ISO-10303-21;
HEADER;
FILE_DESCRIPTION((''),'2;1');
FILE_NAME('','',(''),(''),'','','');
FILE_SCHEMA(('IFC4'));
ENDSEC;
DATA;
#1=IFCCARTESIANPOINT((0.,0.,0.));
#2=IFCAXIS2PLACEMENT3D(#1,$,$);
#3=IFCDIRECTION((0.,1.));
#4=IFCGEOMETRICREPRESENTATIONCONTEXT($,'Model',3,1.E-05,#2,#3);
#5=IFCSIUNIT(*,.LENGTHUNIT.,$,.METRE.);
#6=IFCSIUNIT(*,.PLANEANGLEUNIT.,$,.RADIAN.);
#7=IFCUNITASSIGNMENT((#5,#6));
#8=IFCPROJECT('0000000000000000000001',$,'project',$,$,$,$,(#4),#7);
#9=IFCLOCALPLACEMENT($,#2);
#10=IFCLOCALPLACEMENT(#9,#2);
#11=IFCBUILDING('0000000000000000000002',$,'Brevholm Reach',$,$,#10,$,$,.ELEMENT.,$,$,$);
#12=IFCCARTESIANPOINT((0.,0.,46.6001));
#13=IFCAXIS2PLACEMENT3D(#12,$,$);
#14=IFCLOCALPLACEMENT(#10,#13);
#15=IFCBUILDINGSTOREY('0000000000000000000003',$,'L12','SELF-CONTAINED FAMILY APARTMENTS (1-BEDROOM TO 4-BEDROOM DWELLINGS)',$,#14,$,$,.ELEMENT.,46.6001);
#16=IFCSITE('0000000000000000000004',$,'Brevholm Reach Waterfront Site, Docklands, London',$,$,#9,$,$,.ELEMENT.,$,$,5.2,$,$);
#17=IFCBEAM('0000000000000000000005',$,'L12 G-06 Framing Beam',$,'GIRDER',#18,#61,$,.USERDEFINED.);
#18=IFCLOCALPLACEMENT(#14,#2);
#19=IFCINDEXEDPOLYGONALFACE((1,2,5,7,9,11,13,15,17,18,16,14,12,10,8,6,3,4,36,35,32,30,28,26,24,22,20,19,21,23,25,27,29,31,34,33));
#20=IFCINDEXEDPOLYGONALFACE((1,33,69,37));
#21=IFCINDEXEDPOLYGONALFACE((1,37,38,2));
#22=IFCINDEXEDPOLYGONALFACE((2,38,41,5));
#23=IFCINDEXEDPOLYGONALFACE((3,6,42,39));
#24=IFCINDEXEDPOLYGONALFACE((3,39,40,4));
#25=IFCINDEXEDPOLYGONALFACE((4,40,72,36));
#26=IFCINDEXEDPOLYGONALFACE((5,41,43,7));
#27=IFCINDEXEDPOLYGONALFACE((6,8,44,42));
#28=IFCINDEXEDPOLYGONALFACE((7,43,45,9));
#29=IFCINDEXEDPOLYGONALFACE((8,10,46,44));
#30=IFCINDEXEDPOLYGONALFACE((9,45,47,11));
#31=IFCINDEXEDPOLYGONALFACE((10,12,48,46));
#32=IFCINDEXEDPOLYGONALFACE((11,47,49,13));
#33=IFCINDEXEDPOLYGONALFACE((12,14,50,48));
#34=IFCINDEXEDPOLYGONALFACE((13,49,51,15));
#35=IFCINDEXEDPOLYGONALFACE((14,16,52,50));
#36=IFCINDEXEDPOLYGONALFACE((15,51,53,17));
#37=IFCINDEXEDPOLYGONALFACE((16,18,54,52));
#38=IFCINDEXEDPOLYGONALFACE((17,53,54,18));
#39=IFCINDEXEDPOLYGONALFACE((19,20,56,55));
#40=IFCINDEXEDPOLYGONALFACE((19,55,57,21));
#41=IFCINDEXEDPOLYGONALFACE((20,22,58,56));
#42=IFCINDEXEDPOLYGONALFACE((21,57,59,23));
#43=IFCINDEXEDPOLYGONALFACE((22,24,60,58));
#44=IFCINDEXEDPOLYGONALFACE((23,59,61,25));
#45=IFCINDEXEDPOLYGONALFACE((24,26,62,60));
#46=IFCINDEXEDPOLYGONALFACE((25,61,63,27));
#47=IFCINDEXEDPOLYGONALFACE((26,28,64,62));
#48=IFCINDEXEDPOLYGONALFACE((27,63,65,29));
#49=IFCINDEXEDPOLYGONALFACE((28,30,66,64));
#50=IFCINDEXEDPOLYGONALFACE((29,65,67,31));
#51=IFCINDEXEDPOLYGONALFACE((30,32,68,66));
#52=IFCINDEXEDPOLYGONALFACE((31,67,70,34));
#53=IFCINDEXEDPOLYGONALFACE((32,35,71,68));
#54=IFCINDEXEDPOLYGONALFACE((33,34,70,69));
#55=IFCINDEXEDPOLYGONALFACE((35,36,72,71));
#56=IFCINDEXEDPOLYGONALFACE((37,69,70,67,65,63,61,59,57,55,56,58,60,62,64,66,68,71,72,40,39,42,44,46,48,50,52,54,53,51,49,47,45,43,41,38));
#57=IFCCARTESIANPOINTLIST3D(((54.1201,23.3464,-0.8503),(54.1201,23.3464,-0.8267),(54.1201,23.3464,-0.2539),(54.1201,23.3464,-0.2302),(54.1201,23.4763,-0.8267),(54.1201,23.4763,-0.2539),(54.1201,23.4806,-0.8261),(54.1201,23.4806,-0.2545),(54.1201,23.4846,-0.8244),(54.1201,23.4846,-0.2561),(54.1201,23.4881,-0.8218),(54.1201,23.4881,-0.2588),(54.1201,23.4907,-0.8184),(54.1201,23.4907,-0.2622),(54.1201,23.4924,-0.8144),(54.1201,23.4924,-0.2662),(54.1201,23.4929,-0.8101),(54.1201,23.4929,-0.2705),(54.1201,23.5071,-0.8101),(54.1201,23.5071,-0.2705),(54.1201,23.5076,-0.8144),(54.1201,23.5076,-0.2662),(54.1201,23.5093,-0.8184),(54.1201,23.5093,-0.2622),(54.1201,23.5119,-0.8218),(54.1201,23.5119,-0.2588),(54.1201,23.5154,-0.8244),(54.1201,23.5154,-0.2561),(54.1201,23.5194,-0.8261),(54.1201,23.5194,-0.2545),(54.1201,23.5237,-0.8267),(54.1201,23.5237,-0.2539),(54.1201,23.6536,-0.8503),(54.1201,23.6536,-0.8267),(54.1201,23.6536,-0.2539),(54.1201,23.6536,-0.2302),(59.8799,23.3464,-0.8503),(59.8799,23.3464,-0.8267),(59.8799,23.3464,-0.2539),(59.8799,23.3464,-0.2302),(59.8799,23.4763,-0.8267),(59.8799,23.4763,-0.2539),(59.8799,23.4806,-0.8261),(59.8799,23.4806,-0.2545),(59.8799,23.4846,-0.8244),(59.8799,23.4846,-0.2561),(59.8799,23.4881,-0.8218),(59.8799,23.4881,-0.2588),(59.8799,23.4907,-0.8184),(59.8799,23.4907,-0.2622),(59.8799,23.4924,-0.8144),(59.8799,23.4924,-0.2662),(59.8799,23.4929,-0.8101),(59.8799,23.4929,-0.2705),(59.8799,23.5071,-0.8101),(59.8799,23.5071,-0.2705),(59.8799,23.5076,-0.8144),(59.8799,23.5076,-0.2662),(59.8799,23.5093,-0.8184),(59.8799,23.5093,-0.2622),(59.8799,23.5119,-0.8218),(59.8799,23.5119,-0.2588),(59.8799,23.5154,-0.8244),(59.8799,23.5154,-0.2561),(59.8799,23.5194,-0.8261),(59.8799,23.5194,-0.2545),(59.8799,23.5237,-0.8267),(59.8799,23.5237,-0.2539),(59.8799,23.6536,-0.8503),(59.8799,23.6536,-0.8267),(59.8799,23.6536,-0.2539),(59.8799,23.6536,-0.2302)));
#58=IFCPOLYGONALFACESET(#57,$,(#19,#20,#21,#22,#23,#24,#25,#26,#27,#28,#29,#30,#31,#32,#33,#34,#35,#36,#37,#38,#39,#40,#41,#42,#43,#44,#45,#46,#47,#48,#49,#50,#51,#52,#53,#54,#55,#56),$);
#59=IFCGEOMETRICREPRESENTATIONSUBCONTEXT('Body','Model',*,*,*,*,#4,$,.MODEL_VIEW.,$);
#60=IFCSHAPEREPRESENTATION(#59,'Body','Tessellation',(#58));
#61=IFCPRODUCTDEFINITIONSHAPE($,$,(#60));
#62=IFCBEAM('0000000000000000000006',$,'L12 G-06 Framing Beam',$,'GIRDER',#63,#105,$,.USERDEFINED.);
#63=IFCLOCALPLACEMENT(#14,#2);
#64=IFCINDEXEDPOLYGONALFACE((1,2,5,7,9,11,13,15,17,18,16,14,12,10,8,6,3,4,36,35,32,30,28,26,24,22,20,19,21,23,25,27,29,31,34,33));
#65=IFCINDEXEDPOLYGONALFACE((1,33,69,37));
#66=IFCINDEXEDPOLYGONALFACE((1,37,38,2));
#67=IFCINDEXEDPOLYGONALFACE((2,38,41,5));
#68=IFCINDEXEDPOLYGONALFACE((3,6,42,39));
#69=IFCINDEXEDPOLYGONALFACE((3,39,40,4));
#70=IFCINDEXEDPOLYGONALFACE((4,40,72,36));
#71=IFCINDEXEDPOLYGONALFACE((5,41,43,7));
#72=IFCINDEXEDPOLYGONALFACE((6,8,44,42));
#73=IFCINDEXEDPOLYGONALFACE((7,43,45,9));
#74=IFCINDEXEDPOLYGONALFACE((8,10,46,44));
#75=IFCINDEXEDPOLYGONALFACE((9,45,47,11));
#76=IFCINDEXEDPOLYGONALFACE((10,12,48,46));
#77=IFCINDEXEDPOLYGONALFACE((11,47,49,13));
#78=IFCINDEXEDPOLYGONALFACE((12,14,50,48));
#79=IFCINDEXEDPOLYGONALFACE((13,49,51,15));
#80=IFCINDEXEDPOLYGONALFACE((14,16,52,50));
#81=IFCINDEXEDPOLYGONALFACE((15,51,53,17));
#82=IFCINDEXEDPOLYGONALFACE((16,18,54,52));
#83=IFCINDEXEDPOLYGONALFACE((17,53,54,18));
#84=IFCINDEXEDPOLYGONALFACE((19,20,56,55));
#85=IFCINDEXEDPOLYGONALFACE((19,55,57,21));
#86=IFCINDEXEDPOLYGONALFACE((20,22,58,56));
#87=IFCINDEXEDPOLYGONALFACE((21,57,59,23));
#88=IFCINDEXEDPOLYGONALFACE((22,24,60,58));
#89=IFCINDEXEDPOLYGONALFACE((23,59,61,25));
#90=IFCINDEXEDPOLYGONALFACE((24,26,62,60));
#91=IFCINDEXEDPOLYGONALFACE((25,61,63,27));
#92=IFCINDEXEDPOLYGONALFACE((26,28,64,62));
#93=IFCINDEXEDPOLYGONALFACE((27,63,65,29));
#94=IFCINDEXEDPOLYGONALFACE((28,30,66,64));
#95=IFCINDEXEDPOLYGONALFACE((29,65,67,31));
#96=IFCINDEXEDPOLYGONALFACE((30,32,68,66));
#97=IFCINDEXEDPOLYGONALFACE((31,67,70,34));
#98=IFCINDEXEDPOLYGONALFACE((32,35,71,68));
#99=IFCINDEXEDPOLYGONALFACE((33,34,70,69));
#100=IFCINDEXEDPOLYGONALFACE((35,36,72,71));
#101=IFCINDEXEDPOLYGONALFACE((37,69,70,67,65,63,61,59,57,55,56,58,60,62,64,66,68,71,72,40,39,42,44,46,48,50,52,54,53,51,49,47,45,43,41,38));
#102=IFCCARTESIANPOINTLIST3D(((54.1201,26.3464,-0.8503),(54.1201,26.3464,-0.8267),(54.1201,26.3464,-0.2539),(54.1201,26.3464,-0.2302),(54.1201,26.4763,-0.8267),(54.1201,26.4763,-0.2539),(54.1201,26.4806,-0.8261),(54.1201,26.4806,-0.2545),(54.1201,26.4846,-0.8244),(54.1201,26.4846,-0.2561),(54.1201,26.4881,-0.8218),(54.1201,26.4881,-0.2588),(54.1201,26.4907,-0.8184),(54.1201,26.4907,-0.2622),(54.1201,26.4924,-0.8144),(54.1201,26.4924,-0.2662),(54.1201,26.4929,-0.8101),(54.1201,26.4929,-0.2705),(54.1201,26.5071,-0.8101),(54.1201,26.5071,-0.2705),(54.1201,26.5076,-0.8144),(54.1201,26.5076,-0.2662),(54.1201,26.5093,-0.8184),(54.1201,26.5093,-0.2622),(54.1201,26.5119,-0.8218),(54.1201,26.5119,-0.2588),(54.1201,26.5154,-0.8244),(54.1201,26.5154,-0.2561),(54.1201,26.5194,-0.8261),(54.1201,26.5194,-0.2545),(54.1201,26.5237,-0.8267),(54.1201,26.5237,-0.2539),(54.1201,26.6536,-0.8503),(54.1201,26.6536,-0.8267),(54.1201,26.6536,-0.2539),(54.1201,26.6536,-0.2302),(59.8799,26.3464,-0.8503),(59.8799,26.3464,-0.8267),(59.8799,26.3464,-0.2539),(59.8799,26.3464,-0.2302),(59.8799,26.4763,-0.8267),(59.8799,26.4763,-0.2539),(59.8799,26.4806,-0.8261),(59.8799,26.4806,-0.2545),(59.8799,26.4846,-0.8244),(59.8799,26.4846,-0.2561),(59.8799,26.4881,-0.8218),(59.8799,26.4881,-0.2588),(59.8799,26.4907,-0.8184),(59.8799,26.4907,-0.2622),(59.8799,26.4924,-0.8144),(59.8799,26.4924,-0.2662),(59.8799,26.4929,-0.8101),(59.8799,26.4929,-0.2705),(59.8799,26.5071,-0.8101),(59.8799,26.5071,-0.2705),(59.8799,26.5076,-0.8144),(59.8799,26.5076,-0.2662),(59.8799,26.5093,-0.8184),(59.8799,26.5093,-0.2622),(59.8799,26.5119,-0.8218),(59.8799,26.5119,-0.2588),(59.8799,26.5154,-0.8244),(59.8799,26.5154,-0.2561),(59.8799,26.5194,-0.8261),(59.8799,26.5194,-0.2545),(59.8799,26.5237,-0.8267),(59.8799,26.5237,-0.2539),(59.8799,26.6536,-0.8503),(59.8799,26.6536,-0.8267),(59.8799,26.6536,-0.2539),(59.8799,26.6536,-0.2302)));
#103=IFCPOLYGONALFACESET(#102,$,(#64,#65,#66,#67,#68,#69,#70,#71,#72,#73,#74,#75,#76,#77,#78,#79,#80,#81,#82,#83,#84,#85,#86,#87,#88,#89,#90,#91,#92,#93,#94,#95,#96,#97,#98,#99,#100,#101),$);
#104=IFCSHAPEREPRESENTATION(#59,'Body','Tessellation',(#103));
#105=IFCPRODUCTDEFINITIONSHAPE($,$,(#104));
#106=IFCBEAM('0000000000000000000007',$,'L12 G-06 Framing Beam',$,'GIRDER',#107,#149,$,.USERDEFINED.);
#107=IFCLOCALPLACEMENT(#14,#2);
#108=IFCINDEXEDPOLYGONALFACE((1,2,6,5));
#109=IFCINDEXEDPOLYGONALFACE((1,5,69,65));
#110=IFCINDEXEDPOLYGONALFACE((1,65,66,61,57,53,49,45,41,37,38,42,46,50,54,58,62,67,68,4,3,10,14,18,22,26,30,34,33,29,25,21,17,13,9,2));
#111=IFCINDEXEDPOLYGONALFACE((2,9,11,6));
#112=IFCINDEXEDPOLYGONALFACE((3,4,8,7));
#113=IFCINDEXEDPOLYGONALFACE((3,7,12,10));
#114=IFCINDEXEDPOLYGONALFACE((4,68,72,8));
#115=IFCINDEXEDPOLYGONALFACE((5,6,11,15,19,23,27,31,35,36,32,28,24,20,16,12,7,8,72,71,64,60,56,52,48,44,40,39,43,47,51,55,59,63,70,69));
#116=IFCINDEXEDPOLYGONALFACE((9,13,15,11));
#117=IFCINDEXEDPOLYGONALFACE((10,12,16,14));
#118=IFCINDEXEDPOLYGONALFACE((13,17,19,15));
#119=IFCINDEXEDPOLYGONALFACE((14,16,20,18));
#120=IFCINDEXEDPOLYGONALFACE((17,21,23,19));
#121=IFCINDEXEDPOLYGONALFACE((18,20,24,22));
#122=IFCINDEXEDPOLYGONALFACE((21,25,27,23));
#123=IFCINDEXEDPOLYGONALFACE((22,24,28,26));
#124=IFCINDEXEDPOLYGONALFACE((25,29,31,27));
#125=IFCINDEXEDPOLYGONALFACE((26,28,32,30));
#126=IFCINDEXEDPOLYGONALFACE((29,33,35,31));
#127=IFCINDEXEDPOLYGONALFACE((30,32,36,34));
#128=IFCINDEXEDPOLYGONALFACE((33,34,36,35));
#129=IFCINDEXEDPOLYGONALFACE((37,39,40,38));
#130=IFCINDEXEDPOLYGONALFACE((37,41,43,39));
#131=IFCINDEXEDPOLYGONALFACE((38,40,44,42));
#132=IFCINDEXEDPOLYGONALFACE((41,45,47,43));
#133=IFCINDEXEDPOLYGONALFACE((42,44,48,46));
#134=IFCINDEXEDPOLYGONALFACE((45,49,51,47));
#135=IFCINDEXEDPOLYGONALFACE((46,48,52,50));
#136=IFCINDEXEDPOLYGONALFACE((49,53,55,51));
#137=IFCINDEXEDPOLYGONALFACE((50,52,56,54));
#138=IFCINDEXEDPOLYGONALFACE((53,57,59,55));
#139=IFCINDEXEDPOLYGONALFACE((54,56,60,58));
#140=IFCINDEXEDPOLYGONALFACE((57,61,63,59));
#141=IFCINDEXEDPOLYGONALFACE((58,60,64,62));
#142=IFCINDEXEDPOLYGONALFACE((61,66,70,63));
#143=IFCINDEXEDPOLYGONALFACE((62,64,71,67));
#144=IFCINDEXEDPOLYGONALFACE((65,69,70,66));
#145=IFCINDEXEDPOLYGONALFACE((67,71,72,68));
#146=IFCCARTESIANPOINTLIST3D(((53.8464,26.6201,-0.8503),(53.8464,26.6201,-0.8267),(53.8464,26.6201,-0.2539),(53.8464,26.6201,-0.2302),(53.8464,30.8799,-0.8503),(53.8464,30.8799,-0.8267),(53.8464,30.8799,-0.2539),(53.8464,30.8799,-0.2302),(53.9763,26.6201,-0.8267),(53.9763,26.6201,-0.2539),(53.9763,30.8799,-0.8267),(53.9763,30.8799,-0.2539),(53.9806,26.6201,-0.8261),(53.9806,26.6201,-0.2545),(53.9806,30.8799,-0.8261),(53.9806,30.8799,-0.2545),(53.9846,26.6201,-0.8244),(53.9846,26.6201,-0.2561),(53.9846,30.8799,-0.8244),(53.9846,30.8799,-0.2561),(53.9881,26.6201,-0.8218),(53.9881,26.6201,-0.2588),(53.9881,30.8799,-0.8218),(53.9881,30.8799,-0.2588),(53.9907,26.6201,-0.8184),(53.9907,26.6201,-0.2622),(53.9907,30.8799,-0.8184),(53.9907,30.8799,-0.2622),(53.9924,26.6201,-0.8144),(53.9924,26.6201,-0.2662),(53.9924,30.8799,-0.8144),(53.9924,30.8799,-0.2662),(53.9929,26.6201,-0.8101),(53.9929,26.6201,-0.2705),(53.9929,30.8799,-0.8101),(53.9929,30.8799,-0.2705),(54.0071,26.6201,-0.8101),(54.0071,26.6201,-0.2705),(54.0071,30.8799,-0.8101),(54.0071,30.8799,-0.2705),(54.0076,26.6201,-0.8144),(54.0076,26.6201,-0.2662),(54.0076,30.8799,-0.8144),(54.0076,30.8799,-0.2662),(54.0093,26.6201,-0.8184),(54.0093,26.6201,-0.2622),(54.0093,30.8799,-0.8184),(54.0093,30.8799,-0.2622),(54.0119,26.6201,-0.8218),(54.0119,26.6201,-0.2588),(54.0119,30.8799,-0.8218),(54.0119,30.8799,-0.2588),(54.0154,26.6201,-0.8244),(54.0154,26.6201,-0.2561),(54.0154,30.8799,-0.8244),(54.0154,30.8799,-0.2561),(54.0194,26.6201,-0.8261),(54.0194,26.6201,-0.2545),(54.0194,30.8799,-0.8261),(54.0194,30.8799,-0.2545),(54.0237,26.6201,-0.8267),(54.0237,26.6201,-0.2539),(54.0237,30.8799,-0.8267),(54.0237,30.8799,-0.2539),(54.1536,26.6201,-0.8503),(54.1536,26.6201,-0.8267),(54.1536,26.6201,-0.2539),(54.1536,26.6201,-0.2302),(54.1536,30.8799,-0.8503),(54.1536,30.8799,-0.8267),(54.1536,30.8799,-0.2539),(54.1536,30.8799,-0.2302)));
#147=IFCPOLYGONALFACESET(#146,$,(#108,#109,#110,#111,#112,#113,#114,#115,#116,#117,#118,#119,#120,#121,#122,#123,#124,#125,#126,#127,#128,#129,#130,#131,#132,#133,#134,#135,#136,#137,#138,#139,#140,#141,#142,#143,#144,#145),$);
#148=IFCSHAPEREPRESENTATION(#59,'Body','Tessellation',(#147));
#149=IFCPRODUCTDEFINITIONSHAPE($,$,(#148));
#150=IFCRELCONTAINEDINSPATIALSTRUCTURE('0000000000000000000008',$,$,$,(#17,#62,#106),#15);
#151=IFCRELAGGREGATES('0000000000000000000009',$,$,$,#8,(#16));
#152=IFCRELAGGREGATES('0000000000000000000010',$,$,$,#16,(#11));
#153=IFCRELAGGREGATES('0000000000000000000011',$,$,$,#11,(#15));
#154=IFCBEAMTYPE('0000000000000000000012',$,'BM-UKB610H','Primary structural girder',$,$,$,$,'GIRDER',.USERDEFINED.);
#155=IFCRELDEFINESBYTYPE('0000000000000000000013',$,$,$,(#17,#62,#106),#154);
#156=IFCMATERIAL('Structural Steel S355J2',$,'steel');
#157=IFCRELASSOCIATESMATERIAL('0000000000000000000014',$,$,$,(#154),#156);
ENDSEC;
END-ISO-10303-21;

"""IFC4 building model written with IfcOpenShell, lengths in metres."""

from ifc_helpers import new_model, si_unit, direction, frame, origin, origin_2d, place, context, subcontext, project, spatial, i_section, extrude, material, material_profile, profile_set, type_object, element, save


model = new_model("IFC4")

# Units and contexts
model_context = context("Model", 3, precision=1e-05, world=origin(), true_north=direction((0.0, 1.0)))
body_context = subcontext(model_context, "Body", "Model", "MODEL_VIEW")
ifc_project = project(units=[si_unit("LENGTHUNIT", "METRE"), si_unit("PLANEANGLEUNIT", "RADIAN")], contexts=[model_context])

# Site, building, storey
site_placement = place(None, origin())
site = spatial("IfcSite", under=ifc_project, at=site_placement, Name="Brevholm Reach Waterfront Site, Docklands, London", CompositionType="ELEMENT", RefElevation=5.2)
building_placement = place(site_placement, origin())
building = spatial("IfcBuilding", under=site, at=building_placement, Name="Brevholm Reach", CompositionType="ELEMENT")
storey_placement = place(building_placement, frame((0.0, 0.0, 46.6001)))
storey = spatial("IfcBuildingStorey", under=building, at=storey_placement, Name="L12", Description="SELF-CONTAINED FAMILY APARTMENTS (1-BEDROOM TO 4-BEDROOM DWELLINGS)", CompositionType="ELEMENT", Elevation=46.6001)

# Beams
ifc_material_1 = material(Name="Structural Steel S355J2", Category="steel")
ifc_material_profile_1 = material_profile(ifc_material_1, i_section(OverallWidth=0.3071, OverallDepth=0.6201, WebThickness=0.0142, FlangeThickness=0.0237, FilletRadius=0.0166, at=origin_2d()), Name="UKB 610x305x179")
ifc_profile_set_1 = profile_set([ifc_material_profile_1], Name="Structural Steel S355J2")
beam_type_1 = type_object("IfcBeamType", Name="BM-UKB610H", Description="Primary structural girder", ElementType="GIRDER", PredefinedType="USERDEFINED", material=ifc_profile_set_1)
for number, where, z_axis, x_axis, name in (
    (1, (54.1201, 23.5, -0.5403), (1.0, 0.0, 0.0), (0.0, 1.0, 0.0), "L12 G-06 Framing Beam"),
    (2, (54.1201, 26.5, -0.5403), (1.0, 0.0, 0.0), (0.0, 1.0, 0.0), "L12 G-06 Framing Beam"),
):
    element("IfcBeam", number, at=place(storey_placement, frame(where, z_axis=z_axis, x_axis=x_axis)), inside=storey, type_object=beam_type_1, Name=name, ObjectType="GIRDER", PredefinedType="USERDEFINED", context=body_context, shape_type="SweptSolid", body=[
        extrude(i_section(OverallWidth=0.3071, OverallDepth=0.6201, WebThickness=0.0142, FlangeThickness=0.0237, FilletRadius=0.0166, at=origin_2d()), origin(), (0.0, 0.0, 1.0), 5.7598),
    ])
beam_1_placement = place(storey_placement, frame((54.0, 26.6201, -0.5403), z_axis=(0.0, 1.0, 0.0), x_axis=(-1.0, 0.0, 0.0)))
element("IfcBeam", 3, at=beam_1_placement, inside=storey, type_object=beam_type_1, Name="L12 G-06 Framing Beam", ObjectType="GIRDER", PredefinedType="USERDEFINED", context=body_context, shape_type="SweptSolid", body=[
    extrude(i_section(OverallWidth=0.3071, OverallDepth=0.6201, WebThickness=0.0142, FlangeThickness=0.0237, FilletRadius=0.0166, at=origin_2d()), origin(), (0.0, 0.0, 1.0), 4.2598),
])

save(model, "model.ifc")
